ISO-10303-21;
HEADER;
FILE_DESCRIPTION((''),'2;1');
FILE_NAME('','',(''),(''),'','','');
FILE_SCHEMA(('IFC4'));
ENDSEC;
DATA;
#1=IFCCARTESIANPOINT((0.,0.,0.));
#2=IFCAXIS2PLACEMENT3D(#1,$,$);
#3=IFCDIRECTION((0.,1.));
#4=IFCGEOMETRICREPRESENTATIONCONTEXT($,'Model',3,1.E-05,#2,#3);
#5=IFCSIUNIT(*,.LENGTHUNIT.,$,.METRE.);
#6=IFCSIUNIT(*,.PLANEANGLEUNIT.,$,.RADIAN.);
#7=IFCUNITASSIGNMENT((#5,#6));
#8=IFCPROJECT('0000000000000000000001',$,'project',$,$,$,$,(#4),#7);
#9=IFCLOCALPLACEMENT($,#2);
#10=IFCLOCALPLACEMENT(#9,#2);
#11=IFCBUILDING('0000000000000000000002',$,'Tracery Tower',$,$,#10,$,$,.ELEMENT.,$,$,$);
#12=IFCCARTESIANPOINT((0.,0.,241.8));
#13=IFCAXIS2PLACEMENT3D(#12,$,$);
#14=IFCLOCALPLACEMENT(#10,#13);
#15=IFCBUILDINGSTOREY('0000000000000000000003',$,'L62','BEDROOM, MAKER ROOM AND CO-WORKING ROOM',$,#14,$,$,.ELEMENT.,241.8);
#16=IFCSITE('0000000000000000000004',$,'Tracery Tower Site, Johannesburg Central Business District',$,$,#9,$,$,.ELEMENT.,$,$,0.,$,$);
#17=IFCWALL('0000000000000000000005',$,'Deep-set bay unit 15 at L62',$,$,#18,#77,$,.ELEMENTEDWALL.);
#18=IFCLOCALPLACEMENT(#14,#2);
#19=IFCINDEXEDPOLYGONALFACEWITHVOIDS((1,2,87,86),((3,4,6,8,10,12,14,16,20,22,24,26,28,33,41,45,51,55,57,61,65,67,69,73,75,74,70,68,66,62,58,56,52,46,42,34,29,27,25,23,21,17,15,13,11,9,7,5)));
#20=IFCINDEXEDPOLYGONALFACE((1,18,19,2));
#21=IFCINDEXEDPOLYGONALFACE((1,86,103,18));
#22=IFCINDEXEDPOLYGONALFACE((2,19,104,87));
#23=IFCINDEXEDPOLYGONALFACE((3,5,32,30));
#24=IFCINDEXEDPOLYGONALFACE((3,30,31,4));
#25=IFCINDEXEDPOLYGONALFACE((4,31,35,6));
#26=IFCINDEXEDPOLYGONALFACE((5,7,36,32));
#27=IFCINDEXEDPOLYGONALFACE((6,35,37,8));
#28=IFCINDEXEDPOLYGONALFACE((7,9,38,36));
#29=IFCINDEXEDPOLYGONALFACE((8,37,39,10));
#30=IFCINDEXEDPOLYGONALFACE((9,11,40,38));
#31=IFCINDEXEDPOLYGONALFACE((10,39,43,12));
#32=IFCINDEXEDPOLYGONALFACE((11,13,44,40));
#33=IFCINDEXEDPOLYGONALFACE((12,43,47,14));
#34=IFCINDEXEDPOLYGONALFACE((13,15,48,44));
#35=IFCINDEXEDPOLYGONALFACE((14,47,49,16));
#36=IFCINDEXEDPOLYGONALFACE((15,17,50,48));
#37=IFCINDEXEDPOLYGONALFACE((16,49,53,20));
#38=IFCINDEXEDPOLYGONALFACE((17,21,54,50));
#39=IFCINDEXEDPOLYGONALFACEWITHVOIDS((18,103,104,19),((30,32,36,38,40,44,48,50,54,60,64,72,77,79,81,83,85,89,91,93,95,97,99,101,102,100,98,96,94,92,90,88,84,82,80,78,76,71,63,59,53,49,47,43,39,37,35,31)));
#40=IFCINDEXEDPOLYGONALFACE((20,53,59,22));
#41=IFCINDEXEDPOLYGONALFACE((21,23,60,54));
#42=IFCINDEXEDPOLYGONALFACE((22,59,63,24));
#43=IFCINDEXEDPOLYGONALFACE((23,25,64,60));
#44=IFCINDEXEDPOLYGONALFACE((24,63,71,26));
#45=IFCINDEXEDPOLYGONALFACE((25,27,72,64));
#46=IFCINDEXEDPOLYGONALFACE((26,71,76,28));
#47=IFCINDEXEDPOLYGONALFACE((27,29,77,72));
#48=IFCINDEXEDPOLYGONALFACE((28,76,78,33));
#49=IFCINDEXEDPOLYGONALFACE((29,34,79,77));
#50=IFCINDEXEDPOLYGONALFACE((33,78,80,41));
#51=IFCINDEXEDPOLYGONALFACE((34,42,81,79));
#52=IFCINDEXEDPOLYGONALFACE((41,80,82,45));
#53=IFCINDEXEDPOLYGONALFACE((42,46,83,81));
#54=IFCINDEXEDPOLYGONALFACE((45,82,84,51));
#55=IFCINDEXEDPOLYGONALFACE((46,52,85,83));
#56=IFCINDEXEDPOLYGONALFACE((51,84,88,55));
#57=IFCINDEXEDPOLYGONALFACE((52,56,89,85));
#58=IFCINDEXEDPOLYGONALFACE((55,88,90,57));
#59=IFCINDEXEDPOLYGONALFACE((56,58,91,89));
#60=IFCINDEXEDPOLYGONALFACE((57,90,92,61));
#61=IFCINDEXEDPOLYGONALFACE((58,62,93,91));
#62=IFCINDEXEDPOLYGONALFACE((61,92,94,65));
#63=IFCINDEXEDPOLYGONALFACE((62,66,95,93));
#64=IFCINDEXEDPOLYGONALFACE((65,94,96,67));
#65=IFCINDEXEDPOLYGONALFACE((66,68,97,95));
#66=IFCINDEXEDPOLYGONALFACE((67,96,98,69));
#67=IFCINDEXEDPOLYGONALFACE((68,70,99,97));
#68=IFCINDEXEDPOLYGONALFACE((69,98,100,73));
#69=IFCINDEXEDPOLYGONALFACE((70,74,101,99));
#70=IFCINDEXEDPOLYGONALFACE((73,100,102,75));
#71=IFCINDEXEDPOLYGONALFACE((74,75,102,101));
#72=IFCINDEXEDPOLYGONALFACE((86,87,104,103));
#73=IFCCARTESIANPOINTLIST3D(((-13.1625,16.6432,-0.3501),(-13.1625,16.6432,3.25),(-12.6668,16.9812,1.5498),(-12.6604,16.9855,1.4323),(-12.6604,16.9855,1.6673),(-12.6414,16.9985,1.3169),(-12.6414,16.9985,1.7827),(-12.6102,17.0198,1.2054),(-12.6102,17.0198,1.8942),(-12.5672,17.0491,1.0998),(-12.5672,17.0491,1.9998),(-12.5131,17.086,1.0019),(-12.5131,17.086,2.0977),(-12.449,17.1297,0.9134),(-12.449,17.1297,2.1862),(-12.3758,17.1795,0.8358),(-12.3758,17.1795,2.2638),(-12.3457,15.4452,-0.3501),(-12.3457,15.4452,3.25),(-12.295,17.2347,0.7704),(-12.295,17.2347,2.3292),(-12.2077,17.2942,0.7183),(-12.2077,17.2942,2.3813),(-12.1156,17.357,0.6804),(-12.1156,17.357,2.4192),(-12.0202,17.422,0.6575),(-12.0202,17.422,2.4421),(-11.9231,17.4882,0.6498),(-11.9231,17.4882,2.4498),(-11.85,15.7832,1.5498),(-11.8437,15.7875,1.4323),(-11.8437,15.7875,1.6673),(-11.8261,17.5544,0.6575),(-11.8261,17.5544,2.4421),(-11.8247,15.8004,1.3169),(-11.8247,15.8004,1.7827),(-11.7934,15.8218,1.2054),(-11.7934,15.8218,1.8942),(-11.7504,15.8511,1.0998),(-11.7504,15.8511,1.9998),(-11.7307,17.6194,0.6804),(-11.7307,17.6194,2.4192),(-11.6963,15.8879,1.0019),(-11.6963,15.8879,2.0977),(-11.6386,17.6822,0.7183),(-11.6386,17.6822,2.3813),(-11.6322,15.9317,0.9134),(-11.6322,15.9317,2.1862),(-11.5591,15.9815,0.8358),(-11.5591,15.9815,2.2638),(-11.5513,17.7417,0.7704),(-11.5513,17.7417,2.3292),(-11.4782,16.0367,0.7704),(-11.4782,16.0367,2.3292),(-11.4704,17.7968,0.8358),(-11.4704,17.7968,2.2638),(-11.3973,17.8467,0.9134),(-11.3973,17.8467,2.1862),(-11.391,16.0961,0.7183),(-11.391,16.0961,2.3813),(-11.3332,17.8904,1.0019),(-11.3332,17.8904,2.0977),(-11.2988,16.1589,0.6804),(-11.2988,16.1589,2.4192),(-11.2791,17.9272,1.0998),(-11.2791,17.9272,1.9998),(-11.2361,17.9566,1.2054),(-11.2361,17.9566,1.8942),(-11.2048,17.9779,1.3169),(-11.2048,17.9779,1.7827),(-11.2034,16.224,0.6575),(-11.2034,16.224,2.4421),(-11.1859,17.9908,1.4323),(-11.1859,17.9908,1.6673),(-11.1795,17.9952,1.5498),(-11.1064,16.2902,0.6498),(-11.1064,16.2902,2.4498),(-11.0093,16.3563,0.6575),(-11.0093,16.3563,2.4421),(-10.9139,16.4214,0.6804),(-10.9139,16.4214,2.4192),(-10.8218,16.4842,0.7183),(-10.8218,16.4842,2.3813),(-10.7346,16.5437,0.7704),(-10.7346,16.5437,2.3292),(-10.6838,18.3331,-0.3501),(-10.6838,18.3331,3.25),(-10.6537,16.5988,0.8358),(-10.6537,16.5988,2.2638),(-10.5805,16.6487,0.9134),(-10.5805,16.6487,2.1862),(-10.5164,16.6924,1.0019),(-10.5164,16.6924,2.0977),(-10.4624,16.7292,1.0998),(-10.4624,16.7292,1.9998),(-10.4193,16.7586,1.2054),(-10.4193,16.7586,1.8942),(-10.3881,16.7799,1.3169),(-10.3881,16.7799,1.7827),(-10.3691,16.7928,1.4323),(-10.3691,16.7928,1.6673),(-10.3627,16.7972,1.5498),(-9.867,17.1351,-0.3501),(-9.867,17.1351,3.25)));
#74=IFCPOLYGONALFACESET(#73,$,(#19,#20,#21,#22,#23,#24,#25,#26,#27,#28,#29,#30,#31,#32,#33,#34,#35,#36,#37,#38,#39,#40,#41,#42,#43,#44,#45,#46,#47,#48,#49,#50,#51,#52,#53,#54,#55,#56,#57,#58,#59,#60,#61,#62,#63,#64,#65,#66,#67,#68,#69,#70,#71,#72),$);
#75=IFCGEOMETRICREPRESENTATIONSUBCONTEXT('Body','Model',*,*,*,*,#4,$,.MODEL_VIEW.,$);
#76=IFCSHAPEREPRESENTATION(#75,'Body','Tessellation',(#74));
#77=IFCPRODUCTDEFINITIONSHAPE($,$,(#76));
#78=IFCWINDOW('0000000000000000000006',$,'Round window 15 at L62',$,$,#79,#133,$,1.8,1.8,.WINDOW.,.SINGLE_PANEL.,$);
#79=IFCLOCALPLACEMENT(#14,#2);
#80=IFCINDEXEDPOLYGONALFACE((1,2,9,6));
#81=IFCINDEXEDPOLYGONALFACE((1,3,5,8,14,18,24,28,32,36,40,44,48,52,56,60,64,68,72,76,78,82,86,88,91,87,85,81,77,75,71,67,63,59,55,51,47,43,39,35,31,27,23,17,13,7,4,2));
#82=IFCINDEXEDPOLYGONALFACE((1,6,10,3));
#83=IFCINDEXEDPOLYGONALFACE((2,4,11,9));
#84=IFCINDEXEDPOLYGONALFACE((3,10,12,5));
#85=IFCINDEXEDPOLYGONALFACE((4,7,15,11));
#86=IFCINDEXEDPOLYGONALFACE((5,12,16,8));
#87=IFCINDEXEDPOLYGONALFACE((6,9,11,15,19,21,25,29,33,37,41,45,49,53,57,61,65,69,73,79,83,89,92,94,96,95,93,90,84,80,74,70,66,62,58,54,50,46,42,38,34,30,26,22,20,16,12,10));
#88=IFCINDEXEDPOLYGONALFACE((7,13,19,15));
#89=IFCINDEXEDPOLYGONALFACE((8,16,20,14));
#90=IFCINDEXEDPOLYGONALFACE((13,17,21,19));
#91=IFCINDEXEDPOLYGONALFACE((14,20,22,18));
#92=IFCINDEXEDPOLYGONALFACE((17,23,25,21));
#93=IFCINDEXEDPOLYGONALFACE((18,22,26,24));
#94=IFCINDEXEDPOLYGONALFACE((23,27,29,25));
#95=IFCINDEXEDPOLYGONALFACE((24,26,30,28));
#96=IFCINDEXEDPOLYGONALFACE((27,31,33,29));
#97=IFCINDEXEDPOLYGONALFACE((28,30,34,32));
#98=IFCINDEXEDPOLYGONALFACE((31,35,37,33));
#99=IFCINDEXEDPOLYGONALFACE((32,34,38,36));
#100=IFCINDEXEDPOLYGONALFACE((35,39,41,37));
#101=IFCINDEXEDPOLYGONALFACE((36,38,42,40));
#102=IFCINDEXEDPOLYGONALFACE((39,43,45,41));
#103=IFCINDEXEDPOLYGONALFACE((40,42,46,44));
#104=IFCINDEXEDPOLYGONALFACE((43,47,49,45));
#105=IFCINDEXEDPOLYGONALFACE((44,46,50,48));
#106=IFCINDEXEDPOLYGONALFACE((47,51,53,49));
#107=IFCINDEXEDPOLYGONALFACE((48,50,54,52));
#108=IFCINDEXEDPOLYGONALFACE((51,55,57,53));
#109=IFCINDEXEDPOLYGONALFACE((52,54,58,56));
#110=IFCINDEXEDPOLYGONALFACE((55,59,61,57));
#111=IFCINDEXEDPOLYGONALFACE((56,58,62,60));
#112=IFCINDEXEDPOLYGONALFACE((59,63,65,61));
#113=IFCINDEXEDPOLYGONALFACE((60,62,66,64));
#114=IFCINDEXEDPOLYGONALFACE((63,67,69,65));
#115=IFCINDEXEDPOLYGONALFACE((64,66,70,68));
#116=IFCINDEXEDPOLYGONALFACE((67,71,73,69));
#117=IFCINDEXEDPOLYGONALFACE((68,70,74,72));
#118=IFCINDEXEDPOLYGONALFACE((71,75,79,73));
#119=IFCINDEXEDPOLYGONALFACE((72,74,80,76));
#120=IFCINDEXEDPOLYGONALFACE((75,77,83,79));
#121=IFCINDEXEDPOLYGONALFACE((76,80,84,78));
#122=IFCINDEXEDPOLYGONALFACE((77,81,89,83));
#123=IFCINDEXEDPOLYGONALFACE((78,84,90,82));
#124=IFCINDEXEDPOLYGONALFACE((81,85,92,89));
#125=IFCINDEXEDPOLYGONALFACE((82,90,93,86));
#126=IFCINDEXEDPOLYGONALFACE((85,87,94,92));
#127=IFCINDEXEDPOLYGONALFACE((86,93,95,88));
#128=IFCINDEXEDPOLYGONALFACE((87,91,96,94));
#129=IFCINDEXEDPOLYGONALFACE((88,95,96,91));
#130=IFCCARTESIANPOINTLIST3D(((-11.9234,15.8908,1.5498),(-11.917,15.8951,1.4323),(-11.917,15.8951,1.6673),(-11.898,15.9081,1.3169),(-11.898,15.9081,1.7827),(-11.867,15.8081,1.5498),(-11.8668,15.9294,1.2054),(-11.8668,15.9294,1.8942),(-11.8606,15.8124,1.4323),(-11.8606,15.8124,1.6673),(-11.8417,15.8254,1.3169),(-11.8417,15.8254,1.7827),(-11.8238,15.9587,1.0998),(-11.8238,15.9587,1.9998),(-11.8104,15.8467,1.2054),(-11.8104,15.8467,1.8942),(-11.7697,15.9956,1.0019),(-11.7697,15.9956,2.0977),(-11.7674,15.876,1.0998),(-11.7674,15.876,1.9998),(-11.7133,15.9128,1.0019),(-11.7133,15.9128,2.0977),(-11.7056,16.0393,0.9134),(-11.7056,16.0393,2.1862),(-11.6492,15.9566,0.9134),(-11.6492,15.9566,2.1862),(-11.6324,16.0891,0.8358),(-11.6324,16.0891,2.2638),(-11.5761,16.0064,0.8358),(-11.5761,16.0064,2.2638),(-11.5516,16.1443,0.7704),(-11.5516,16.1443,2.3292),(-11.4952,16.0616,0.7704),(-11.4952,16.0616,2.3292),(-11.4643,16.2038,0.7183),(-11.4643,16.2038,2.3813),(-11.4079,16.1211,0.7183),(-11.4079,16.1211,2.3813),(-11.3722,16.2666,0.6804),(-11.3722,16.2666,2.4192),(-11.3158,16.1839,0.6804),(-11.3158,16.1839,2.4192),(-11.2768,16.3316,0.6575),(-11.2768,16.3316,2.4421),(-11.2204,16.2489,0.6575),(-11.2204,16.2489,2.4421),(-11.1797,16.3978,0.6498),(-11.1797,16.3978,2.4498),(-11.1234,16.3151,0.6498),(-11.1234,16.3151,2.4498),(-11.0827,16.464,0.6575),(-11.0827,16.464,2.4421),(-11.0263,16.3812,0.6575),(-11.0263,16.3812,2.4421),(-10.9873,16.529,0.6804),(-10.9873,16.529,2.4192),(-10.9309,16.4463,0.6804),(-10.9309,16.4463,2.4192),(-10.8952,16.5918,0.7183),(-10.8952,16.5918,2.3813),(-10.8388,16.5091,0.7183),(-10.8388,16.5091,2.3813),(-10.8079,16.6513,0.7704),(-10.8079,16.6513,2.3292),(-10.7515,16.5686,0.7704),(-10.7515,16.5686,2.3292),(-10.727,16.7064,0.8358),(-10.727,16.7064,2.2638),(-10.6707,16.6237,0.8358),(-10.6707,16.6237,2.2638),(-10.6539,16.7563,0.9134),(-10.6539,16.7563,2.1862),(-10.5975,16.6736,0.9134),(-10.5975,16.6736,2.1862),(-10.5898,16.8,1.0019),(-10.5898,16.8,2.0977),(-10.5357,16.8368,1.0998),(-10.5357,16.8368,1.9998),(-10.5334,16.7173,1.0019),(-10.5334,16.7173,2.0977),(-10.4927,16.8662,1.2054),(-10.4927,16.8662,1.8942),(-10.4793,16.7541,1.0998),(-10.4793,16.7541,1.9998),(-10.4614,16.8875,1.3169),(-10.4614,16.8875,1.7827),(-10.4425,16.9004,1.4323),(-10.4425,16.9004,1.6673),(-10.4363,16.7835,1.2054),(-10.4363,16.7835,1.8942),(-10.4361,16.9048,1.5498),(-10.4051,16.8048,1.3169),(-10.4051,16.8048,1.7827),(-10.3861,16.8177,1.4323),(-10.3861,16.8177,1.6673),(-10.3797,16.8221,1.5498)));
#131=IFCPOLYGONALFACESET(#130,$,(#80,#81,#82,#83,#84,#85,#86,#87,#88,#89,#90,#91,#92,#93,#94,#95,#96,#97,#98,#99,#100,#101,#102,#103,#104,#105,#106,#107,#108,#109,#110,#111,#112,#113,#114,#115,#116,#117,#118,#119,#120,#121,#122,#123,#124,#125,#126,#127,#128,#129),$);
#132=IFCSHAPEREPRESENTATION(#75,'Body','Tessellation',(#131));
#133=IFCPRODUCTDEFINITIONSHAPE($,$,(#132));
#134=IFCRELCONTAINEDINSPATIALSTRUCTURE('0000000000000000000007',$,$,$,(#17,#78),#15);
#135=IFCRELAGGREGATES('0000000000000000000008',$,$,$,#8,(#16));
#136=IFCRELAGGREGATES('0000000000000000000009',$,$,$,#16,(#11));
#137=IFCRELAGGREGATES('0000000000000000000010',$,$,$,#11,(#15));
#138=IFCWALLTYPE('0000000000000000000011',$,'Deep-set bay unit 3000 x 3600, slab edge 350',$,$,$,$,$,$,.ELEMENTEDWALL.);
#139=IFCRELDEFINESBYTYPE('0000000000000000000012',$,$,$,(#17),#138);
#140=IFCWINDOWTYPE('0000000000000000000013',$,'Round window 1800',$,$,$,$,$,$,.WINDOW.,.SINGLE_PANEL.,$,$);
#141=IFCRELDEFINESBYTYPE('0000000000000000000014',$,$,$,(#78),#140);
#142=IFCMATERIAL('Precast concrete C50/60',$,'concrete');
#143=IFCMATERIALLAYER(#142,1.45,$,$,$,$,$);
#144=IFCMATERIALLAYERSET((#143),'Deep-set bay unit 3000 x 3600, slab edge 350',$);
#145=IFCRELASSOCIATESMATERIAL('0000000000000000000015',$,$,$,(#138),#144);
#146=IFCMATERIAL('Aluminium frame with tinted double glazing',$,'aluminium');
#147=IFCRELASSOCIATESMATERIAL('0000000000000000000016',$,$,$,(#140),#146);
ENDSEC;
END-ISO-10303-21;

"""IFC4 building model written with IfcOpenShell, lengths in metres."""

from ifc_helpers import new_model, si_unit, direction, frame, frame_2d, origin, origin_2d, place, context, subcontext, project, spatial, rectangle, circle, extrude, material, layer, layer_set, type_object, element, fill, save


model = new_model("IFC4")

# Units and contexts
model_context = context("Model", 3, precision=1e-05, world=origin(), true_north=direction((0.0, 1.0)))
body_context = subcontext(model_context, "Body", "Model", "MODEL_VIEW")
ifc_project = project(units=[si_unit("LENGTHUNIT", "METRE"), si_unit("PLANEANGLEUNIT", "RADIAN")], contexts=[model_context])

# Site, building, storey
site_placement = place(None, origin())
site = spatial("IfcSite", under=ifc_project, at=site_placement, Name="Tracery Tower Site, Johannesburg Central Business District", CompositionType="ELEMENT", RefElevation=0.0)
building_placement = place(site_placement, origin())
building = spatial("IfcBuilding", under=site, at=building_placement, Name="Tracery Tower", CompositionType="ELEMENT")
storey_placement = place(building_placement, frame((0.0, 0.0, 241.8)))
storey = spatial("IfcBuildingStorey", under=building, at=storey_placement, Name="L62", Description="BEDROOM, MAKER ROOM AND CO-WORKING ROOM", CompositionType="ELEMENT", Elevation=241.8)

# Wall, opening, window
ifc_material_1 = material(Name="Precast concrete C50/60", Category="concrete")
ifc_layer_1 = layer(ifc_material_1, 1.45)
ifc_layer_set_1 = layer_set([ifc_layer_1], Name="Deep-set bay unit 3000 x 3600, slab edge 350")
wall_type_1 = type_object("IfcWallType", Name="Deep-set bay unit 3000 x 3600, slab edge 350", PredefinedType="ELEMENTEDWALL", material=ifc_layer_set_1)
wall_1_placement = place(storey_placement, frame((-10.2754, 17.7341, -0.3501), z_axis=(0.0, 0.0, 1.0), x_axis=(-0.826246, -0.563309, 0.0)))
wall_1 = element("IfcWall", 1, at=wall_1_placement, inside=storey, type_object=wall_type_1, Name="Deep-set bay unit 15 at L62", PredefinedType="ELEMENTEDWALL", context=body_context, shape_type="SweptSolid", body=[
    extrude(rectangle(XDim=3.0, YDim=1.45, at=frame_2d((1.5, 0.0))), origin(), (0.0, 0.0, 1.0), 3.6001),
])
opening_1_placement = place(wall_1_placement, frame((1.5, 0.0, 1.8999)))
opening_1 = element("IfcOpeningElement", 2, at=opening_1_placement, cuts=wall_1, PredefinedType="OPENING", context=body_context, shape_type="SweptSolid", body=[
    extrude(circle(Radius=0.9, at=origin_2d()), frame((0.0, 0.7349, 0.0), z_axis=(0.0, -1.0, 0.0), x_axis=(1.0, 0.0, 0.0)), (0.0, 0.0, 1.0), 1.47),
])
ifc_material_2 = material(Name="Aluminium frame with tinted double glazing", Category="aluminium")
window_type = type_object("IfcWindowType", Name="Round window 1800", PartitioningType="SINGLE_PANEL", PredefinedType="WINDOW", material=ifc_material_2)
window_1_placement = place(opening_1_placement, origin())
window_1 = element("IfcWindow", 3, at=window_1_placement, inside=storey, type_object=window_type, Name="Round window 15 at L62", OverallHeight=1.8, OverallWidth=1.8, PartitioningType="SINGLE_PANEL", PredefinedType="WINDOW", context=body_context, shape_type="SweptSolid", body=[
    extrude(circle(Radius=0.9, at=origin_2d()), frame((0.0, 0.6948, 0.0), z_axis=(0.0, -1.0, 0.0), x_axis=(1.0, 0.0, 0.0)), (0.0, 0.0, 1.0), 0.1001),
])
fill(opening_1, window_1)

save(model, "model.ifc")
